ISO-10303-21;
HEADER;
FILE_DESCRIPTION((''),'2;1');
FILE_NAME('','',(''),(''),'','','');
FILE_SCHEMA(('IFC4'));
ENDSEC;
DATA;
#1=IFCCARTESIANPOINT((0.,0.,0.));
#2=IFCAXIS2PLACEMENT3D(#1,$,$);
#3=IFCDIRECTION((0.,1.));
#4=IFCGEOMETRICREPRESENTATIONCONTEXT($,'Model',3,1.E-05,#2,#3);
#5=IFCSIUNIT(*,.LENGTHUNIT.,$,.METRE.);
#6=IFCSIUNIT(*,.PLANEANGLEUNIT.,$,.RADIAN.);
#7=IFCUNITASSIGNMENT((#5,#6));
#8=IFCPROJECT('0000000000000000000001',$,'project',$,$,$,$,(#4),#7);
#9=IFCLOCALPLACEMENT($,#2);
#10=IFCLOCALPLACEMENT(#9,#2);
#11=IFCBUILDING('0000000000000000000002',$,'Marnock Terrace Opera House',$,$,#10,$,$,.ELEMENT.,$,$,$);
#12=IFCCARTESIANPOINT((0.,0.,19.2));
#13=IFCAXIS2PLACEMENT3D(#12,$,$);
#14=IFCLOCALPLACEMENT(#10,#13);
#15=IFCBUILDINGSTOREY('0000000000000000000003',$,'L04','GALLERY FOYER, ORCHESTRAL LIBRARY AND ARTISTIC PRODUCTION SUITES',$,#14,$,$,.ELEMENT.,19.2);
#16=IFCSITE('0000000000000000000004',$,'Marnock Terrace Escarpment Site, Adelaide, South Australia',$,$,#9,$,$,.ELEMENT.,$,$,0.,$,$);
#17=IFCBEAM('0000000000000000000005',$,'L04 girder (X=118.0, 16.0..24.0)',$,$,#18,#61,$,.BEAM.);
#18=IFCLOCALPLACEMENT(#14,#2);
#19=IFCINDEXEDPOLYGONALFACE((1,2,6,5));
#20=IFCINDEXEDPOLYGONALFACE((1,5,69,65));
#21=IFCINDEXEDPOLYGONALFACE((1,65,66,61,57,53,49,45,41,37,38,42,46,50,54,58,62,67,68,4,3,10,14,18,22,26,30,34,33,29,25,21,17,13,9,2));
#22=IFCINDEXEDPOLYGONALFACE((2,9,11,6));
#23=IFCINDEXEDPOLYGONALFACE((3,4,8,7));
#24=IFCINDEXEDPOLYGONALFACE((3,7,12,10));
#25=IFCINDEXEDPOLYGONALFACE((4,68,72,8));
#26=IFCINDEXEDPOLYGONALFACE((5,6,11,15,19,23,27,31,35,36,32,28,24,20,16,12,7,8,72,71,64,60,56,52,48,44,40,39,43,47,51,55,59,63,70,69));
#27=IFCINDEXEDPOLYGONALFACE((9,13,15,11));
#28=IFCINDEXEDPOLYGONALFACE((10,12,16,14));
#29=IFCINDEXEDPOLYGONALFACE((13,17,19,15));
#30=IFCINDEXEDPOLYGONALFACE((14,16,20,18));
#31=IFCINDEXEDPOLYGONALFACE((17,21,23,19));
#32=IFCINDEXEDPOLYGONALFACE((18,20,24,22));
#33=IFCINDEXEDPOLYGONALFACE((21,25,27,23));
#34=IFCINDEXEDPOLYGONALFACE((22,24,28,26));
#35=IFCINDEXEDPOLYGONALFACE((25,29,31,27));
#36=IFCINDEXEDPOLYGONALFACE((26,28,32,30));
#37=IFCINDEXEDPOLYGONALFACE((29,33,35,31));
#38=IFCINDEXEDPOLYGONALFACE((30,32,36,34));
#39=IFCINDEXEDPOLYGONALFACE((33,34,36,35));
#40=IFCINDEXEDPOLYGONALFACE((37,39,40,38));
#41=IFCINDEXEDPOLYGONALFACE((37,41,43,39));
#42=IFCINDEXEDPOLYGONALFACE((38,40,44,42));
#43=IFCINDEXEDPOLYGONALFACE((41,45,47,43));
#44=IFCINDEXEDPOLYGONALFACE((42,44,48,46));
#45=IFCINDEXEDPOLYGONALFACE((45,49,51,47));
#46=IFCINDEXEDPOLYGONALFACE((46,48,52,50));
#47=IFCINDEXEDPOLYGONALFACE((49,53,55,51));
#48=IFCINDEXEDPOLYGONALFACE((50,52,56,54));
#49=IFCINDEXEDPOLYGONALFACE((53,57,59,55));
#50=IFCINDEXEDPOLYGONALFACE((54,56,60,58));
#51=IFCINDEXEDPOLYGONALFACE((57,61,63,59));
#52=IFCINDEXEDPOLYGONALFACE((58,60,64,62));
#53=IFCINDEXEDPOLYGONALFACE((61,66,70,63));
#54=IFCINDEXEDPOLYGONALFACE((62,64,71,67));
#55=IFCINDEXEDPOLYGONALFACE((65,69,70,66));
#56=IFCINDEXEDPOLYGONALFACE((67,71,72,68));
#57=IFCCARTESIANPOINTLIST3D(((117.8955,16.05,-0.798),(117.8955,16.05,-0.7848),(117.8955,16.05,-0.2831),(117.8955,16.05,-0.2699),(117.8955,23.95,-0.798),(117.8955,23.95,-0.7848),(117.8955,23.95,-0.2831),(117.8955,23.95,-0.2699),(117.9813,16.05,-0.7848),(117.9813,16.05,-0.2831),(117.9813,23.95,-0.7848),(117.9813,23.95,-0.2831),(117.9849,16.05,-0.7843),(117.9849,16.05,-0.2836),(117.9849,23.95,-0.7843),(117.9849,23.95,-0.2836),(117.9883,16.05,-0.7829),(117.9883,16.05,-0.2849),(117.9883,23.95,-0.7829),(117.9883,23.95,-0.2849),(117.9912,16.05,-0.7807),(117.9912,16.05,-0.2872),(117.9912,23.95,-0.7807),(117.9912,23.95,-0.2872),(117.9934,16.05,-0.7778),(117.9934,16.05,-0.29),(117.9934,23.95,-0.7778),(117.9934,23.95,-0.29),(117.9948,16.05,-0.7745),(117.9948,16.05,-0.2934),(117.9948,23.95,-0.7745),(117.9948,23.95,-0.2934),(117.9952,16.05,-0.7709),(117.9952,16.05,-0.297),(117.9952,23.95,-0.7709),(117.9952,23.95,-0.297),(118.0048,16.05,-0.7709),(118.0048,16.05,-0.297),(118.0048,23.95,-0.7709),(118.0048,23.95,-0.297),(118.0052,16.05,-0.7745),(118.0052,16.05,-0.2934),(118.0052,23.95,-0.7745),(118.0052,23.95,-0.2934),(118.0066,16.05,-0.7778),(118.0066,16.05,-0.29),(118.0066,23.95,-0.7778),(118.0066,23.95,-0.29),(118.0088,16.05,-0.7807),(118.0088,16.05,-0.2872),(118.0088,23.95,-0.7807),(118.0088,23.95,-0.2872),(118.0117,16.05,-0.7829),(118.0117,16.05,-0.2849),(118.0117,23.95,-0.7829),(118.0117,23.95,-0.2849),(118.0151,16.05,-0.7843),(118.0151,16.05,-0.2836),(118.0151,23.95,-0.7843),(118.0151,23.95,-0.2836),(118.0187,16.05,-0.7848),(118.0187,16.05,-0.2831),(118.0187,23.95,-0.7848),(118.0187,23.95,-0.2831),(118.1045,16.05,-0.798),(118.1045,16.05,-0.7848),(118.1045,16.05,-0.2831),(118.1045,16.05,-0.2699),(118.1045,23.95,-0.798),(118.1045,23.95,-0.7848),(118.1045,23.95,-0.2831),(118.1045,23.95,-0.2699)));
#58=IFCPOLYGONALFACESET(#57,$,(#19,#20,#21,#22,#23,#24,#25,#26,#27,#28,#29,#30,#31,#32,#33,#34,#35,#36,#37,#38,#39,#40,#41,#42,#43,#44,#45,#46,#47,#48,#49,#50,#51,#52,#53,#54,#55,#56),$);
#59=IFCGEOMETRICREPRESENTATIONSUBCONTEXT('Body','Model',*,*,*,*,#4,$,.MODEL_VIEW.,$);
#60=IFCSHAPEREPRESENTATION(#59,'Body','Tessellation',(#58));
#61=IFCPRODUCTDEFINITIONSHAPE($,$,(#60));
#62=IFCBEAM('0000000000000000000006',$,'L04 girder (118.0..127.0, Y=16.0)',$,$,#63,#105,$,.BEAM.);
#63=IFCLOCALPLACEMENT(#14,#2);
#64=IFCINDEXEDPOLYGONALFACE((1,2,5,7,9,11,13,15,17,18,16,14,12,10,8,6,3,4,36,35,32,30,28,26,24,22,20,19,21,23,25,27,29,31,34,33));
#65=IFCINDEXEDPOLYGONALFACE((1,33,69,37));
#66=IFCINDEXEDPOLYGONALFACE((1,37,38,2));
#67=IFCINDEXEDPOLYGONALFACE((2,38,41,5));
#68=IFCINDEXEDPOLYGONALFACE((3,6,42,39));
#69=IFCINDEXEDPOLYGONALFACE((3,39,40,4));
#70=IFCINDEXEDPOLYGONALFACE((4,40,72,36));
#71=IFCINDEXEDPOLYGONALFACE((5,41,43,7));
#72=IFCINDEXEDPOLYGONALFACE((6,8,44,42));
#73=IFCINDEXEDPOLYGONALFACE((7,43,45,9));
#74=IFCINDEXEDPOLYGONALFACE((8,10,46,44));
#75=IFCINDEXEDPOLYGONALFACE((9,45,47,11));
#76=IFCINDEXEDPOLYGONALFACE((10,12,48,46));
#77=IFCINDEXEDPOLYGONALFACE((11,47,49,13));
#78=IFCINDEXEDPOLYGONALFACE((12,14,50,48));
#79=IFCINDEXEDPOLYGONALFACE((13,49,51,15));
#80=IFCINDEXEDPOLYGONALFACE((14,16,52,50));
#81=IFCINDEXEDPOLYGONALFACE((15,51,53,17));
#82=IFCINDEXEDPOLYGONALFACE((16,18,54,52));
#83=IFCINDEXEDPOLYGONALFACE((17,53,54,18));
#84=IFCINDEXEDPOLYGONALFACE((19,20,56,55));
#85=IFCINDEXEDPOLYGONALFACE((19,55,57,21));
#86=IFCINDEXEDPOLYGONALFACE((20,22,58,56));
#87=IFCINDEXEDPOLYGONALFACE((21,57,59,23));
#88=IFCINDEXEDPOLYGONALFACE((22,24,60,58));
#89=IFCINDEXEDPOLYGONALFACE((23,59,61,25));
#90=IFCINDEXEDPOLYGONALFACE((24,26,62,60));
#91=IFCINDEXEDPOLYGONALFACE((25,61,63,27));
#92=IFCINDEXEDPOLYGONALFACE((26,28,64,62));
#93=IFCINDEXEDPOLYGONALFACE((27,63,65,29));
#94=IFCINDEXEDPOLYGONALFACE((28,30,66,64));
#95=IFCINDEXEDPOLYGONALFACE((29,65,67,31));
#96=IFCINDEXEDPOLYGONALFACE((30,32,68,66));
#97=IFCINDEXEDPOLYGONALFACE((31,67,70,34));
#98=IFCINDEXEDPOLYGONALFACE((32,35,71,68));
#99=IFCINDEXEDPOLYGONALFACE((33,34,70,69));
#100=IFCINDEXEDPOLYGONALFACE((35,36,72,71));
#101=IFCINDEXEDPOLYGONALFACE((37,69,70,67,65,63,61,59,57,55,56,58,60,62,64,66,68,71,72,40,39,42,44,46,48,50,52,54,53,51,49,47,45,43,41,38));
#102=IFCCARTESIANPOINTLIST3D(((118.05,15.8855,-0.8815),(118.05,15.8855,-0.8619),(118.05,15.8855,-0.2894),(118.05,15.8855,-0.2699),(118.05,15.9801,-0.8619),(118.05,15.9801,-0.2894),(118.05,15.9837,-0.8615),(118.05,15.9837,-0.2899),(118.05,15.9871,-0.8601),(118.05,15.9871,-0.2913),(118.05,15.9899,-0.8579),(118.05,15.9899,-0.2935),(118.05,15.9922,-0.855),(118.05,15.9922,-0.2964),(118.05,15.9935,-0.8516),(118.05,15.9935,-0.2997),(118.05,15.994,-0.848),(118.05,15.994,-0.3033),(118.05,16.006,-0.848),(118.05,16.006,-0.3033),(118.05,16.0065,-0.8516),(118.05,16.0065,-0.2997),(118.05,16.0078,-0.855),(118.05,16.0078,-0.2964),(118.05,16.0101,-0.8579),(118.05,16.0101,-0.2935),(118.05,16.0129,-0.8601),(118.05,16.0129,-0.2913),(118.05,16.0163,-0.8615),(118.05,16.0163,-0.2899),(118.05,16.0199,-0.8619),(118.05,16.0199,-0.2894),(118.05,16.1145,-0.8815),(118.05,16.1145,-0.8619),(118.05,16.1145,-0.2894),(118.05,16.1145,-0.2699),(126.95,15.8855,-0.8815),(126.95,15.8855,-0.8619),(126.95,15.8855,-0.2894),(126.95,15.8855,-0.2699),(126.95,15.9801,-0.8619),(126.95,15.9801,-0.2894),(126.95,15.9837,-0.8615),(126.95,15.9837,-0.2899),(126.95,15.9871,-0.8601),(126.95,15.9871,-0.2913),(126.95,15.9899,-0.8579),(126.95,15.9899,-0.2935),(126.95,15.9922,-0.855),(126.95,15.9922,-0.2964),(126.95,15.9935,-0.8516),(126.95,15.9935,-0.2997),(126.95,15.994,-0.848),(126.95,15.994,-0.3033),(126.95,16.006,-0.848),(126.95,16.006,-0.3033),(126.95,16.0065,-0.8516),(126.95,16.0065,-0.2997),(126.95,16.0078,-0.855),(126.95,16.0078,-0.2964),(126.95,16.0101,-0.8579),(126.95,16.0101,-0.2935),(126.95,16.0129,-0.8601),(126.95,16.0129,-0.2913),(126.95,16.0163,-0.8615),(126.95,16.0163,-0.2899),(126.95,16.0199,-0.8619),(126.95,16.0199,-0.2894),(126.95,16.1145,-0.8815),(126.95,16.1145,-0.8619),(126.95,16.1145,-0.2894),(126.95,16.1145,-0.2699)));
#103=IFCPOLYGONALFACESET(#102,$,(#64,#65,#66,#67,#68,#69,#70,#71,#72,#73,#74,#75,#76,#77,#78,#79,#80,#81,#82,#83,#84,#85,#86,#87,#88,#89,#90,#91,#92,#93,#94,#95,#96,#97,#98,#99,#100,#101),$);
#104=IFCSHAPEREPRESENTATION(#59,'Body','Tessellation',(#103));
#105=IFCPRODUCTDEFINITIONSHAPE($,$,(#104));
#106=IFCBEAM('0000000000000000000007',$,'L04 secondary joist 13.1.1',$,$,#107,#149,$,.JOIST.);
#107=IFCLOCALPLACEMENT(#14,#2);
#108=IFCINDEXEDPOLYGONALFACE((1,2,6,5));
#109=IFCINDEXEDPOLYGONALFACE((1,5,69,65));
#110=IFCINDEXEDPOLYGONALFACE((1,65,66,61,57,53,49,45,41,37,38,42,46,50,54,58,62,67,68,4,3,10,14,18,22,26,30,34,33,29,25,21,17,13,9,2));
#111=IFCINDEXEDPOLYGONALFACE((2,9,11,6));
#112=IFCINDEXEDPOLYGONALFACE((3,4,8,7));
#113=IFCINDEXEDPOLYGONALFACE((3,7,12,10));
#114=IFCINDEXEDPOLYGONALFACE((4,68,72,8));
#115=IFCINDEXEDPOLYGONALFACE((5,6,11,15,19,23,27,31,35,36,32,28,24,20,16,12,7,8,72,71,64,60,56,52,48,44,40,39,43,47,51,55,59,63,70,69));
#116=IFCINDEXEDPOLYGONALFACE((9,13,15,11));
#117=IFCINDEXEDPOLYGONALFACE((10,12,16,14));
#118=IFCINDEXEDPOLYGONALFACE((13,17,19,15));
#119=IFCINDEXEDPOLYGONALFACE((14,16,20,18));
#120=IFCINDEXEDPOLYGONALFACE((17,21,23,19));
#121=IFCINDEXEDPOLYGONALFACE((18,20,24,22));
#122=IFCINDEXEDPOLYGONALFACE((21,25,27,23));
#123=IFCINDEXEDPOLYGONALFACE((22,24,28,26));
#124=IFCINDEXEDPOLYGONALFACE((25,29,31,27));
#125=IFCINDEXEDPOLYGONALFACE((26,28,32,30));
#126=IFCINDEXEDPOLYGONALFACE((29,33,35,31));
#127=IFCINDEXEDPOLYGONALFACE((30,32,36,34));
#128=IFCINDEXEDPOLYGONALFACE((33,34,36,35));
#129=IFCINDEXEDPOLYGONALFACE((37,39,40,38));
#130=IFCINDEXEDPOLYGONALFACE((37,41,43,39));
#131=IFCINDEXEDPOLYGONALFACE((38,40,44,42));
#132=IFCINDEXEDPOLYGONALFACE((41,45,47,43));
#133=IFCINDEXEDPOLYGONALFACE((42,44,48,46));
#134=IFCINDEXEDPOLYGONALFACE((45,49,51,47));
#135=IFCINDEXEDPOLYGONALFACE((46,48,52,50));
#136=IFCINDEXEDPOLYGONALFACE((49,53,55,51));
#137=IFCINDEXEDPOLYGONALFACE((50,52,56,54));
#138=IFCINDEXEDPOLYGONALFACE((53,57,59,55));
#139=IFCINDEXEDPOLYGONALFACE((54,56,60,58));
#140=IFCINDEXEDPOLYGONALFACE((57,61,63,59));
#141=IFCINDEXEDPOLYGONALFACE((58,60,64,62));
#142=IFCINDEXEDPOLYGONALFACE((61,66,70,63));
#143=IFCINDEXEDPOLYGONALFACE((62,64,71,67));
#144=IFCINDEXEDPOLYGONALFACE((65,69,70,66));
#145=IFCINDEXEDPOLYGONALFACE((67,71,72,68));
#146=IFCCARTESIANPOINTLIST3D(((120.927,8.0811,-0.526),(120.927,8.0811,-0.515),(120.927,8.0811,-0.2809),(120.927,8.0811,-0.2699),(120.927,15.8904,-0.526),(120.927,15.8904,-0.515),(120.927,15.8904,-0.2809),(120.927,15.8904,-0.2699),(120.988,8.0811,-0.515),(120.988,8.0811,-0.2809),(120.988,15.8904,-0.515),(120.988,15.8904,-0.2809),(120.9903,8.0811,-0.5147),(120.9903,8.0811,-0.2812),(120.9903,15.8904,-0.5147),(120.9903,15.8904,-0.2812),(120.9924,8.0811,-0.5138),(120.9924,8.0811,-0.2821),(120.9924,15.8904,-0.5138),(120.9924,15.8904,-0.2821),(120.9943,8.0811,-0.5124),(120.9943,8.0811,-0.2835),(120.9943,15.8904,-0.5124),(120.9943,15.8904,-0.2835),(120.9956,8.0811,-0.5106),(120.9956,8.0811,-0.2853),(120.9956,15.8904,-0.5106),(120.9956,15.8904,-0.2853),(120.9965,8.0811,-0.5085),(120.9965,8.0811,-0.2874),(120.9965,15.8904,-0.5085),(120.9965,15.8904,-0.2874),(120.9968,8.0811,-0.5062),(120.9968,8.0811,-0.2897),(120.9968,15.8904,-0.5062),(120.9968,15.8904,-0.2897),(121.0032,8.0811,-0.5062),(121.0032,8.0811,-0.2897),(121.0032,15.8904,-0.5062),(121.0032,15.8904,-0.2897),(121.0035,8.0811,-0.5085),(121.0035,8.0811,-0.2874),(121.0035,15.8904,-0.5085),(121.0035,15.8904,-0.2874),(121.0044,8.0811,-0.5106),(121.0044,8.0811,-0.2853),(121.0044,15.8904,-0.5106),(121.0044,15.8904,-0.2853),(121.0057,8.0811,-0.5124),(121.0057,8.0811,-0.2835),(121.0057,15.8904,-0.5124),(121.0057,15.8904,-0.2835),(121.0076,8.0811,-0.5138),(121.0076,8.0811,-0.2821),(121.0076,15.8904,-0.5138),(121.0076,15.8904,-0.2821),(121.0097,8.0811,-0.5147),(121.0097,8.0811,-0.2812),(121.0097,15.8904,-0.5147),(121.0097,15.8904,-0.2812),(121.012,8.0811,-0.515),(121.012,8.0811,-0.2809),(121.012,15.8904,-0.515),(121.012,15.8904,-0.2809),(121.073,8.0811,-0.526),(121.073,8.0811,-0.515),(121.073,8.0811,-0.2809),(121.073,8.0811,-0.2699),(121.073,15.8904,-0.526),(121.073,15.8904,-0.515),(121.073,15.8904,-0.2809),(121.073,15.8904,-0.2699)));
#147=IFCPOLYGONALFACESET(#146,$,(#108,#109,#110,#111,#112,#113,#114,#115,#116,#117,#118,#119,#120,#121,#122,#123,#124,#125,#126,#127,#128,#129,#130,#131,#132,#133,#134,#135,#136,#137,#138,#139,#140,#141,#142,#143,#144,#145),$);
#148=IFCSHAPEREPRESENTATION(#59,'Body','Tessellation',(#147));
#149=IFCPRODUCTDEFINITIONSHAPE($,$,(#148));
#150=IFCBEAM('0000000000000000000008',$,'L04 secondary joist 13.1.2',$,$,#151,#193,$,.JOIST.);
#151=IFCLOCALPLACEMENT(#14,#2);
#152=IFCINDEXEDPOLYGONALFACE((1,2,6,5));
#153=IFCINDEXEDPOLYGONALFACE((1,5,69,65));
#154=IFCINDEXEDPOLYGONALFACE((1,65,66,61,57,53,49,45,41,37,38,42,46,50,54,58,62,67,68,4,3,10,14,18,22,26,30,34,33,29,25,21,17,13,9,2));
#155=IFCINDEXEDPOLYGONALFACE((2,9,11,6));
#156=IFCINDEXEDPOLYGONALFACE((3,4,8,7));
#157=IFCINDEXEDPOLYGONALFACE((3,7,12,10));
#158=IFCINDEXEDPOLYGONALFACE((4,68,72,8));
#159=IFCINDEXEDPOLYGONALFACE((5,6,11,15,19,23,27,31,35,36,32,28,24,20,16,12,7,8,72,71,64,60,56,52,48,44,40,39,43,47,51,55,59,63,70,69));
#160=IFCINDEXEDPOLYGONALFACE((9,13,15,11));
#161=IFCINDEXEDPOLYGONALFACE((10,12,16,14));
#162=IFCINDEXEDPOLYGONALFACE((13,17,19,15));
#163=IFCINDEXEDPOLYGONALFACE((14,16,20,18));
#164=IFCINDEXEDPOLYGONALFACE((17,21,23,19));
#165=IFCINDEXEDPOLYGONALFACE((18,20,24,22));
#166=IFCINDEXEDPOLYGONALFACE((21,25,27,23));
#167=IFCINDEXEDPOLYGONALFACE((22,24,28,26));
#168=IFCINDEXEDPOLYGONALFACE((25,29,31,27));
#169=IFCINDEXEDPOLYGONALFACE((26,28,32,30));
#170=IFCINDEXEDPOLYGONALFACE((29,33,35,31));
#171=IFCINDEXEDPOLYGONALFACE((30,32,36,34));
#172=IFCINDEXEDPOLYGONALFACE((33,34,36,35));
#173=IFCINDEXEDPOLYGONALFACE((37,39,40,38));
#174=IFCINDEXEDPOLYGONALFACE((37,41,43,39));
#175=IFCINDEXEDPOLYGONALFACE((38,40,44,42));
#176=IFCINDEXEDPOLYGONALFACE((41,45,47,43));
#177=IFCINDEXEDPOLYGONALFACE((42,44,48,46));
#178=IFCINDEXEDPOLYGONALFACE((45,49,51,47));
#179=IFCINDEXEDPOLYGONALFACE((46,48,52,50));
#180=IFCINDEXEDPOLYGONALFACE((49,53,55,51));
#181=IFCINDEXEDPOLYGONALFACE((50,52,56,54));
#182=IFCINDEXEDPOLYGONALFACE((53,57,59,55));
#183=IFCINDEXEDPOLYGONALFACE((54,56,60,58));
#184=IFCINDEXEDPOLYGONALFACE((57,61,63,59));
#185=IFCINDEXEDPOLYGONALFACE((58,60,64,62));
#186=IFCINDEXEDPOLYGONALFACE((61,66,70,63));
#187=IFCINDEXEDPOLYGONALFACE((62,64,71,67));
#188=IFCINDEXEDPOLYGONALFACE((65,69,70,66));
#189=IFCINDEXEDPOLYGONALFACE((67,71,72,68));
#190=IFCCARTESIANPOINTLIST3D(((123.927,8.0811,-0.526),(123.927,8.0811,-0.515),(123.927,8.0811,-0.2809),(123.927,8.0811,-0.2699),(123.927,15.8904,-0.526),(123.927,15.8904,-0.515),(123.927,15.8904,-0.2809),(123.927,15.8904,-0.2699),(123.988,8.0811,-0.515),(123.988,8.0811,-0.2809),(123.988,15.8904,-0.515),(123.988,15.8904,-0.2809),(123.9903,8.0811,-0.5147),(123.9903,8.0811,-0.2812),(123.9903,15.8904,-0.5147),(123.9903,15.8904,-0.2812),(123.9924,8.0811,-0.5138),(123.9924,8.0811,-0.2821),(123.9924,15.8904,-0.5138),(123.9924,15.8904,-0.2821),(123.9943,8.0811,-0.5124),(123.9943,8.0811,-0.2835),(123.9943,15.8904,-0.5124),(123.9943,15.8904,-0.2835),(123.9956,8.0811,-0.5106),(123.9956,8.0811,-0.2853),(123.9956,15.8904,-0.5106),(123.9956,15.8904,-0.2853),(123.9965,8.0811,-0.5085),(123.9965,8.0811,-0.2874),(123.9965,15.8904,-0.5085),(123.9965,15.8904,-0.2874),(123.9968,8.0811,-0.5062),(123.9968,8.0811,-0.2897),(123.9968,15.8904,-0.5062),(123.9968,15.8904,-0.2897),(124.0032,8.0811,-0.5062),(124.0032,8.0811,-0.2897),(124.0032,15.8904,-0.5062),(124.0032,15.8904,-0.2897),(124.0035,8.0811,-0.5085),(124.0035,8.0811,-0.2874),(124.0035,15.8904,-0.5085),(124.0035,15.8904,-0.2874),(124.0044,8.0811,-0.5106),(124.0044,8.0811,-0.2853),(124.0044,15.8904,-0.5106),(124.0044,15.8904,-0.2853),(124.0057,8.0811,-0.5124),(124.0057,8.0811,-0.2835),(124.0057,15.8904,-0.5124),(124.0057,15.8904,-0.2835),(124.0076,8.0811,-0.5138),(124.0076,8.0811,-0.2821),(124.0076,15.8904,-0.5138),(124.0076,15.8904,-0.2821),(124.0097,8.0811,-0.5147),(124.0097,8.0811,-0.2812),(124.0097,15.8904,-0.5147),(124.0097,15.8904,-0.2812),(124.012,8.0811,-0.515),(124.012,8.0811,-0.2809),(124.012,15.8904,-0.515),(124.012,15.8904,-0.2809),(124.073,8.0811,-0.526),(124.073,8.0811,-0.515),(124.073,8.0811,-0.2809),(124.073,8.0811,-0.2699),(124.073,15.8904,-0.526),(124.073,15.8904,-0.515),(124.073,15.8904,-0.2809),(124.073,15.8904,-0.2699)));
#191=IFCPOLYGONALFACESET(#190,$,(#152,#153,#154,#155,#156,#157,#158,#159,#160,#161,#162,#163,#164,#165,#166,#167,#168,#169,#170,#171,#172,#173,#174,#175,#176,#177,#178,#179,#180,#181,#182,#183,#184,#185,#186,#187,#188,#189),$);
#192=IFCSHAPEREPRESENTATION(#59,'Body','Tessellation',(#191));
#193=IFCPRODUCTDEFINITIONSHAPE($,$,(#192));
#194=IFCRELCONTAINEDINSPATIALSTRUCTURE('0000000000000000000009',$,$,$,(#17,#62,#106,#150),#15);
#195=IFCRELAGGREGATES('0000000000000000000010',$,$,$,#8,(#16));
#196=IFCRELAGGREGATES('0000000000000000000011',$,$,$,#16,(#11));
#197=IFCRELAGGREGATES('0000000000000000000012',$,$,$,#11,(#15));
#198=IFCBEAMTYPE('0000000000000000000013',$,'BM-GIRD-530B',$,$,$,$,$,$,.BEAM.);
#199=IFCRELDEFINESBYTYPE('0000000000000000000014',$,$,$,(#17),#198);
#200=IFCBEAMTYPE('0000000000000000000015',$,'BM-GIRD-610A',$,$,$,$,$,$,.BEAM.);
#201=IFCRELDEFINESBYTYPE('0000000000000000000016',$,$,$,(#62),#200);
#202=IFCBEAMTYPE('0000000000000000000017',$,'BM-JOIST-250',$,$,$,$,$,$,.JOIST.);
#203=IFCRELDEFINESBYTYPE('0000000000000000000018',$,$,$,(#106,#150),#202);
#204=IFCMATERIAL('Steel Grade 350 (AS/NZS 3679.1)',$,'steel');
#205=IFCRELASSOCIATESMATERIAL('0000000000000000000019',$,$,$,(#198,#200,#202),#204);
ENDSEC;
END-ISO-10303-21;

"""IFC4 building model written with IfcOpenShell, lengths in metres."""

from ifc_helpers import new_model, si_unit, direction, frame, origin, origin_2d, place, context, subcontext, project, spatial, i_section, extrude, material, material_profile, profile_set, type_object, element, save


model = new_model("IFC4")

# Units and contexts
model_context = context("Model", 3, precision=1e-05, world=origin(), true_north=direction((0.0, 1.0)))
body_context = subcontext(model_context, "Body", "Model", "MODEL_VIEW")
ifc_project = project(units=[si_unit("LENGTHUNIT", "METRE"), si_unit("PLANEANGLEUNIT", "RADIAN")], contexts=[model_context])

# Site, building, storey
site_placement = place(None, origin())
site = spatial("IfcSite", under=ifc_project, at=site_placement, Name="Marnock Terrace Escarpment Site, Adelaide, South Australia", CompositionType="ELEMENT", RefElevation=0.0)
building_placement = place(site_placement, origin())
building = spatial("IfcBuilding", under=site, at=building_placement, Name="Marnock Terrace Opera House", CompositionType="ELEMENT")
storey_placement = place(building_placement, frame((0.0, 0.0, 19.2)))
storey = spatial("IfcBuildingStorey", under=building, at=storey_placement, Name="L04", Description="GALLERY FOYER, ORCHESTRAL LIBRARY AND ARTISTIC PRODUCTION SUITES", CompositionType="ELEMENT", Elevation=19.2)

# Beams
ifc_material_1 = material(Name="Steel Grade 350 (AS/NZS 3679.1)", Category="steel")
ifc_material_profile_1 = material_profile(ifc_material_1, i_section(OverallWidth=0.209, OverallDepth=0.5281, WebThickness=0.0095, FlangeThickness=0.0132, FilletRadius=0.0139, at=origin_2d()))
ifc_profile_set_1 = profile_set([ifc_material_profile_1], Name="Steel Grade 350 (AS/NZS 3679.1)")
beam_type_1 = type_object("IfcBeamType", Name="BM-GIRD-530B", PredefinedType="BEAM", material=ifc_profile_set_1)
for number, where, z_axis, x_axis, name in (
    (1, (118.0, 16.05, -0.5339), (0.0, 1.0, 0.0), (-1.0, 0.0, 0.0), "L04 girder (X=118.0, 16.0..24.0)"),
):
    element("IfcBeam", number, at=place(storey_placement, frame(where, z_axis=z_axis, x_axis=x_axis)), inside=storey, type_object=beam_type_1, Name=name, PredefinedType="BEAM", context=body_context, shape_type="SweptSolid", body=[
        extrude(i_section(OverallWidth=0.209, OverallDepth=0.5281, WebThickness=0.0095, FlangeThickness=0.0132, FilletRadius=0.0139, at=origin_2d()), origin(), (0.0, 0.0, 1.0), 7.8999),
    ])
ifc_material_profile_2 = material_profile(ifc_material_1, i_section(OverallWidth=0.229, OverallDepth=0.6116, WebThickness=0.012, FlangeThickness=0.0195, FilletRadius=0.0139, at=origin_2d()))
ifc_profile_set_2 = profile_set([ifc_material_profile_2], Name="Steel Grade 350 (AS/NZS 3679.1)")
beam_type_2 = type_object("IfcBeamType", Name="BM-GIRD-610A", PredefinedType="BEAM", material=ifc_profile_set_2)
beam_1_placement = place(storey_placement, frame((118.05, 16.0, -0.5757), z_axis=(1.0, 0.0, 0.0), x_axis=(0.0, 1.0, 0.0)))
element("IfcBeam", 2, at=beam_1_placement, inside=storey, type_object=beam_type_2, Name="L04 girder (118.0..127.0, Y=16.0)", PredefinedType="BEAM", context=body_context, shape_type="SweptSolid", body=[
    extrude(i_section(OverallWidth=0.229, OverallDepth=0.6116, WebThickness=0.012, FlangeThickness=0.0195, FilletRadius=0.0139, at=origin_2d()), origin(), (0.0, 0.0, 1.0), 8.8999),
])
ifc_material_profile_3 = material_profile(ifc_material_1, i_section(OverallWidth=0.146, OverallDepth=0.2561, WebThickness=0.0063, FlangeThickness=0.011, FilletRadius=0.0088, at=origin_2d()))
ifc_profile_set_3 = profile_set([ifc_material_profile_3], Name="Steel Grade 350 (AS/NZS 3679.1)")
beam_type_3 = type_object("IfcBeamType", Name="BM-JOIST-250", PredefinedType="JOIST", material=ifc_profile_set_3)
for number, where, z_axis, x_axis, name in (
    (3, (121.0, 8.0811, -0.3979), (0.0, 1.0, 0.0), (-1.0, 0.0, 0.0), "L04 secondary joist 13.1.1"),
    (4, (124.0, 8.0811, -0.3979), (0.0, 1.0, 0.0), (-1.0, 0.0, 0.0), "L04 secondary joist 13.1.2"),
):
    element("IfcBeam", number, at=place(storey_placement, frame(where, z_axis=z_axis, x_axis=x_axis)), inside=storey, type_object=beam_type_3, Name=name, PredefinedType="JOIST", context=body_context, shape_type="SweptSolid", body=[
        extrude(i_section(OverallWidth=0.146, OverallDepth=0.2561, WebThickness=0.0063, FlangeThickness=0.011, FilletRadius=0.0088, at=origin_2d()), origin(), (0.0, 0.0, 1.0), 7.8093),
    ])

save(model, "model.ifc")
